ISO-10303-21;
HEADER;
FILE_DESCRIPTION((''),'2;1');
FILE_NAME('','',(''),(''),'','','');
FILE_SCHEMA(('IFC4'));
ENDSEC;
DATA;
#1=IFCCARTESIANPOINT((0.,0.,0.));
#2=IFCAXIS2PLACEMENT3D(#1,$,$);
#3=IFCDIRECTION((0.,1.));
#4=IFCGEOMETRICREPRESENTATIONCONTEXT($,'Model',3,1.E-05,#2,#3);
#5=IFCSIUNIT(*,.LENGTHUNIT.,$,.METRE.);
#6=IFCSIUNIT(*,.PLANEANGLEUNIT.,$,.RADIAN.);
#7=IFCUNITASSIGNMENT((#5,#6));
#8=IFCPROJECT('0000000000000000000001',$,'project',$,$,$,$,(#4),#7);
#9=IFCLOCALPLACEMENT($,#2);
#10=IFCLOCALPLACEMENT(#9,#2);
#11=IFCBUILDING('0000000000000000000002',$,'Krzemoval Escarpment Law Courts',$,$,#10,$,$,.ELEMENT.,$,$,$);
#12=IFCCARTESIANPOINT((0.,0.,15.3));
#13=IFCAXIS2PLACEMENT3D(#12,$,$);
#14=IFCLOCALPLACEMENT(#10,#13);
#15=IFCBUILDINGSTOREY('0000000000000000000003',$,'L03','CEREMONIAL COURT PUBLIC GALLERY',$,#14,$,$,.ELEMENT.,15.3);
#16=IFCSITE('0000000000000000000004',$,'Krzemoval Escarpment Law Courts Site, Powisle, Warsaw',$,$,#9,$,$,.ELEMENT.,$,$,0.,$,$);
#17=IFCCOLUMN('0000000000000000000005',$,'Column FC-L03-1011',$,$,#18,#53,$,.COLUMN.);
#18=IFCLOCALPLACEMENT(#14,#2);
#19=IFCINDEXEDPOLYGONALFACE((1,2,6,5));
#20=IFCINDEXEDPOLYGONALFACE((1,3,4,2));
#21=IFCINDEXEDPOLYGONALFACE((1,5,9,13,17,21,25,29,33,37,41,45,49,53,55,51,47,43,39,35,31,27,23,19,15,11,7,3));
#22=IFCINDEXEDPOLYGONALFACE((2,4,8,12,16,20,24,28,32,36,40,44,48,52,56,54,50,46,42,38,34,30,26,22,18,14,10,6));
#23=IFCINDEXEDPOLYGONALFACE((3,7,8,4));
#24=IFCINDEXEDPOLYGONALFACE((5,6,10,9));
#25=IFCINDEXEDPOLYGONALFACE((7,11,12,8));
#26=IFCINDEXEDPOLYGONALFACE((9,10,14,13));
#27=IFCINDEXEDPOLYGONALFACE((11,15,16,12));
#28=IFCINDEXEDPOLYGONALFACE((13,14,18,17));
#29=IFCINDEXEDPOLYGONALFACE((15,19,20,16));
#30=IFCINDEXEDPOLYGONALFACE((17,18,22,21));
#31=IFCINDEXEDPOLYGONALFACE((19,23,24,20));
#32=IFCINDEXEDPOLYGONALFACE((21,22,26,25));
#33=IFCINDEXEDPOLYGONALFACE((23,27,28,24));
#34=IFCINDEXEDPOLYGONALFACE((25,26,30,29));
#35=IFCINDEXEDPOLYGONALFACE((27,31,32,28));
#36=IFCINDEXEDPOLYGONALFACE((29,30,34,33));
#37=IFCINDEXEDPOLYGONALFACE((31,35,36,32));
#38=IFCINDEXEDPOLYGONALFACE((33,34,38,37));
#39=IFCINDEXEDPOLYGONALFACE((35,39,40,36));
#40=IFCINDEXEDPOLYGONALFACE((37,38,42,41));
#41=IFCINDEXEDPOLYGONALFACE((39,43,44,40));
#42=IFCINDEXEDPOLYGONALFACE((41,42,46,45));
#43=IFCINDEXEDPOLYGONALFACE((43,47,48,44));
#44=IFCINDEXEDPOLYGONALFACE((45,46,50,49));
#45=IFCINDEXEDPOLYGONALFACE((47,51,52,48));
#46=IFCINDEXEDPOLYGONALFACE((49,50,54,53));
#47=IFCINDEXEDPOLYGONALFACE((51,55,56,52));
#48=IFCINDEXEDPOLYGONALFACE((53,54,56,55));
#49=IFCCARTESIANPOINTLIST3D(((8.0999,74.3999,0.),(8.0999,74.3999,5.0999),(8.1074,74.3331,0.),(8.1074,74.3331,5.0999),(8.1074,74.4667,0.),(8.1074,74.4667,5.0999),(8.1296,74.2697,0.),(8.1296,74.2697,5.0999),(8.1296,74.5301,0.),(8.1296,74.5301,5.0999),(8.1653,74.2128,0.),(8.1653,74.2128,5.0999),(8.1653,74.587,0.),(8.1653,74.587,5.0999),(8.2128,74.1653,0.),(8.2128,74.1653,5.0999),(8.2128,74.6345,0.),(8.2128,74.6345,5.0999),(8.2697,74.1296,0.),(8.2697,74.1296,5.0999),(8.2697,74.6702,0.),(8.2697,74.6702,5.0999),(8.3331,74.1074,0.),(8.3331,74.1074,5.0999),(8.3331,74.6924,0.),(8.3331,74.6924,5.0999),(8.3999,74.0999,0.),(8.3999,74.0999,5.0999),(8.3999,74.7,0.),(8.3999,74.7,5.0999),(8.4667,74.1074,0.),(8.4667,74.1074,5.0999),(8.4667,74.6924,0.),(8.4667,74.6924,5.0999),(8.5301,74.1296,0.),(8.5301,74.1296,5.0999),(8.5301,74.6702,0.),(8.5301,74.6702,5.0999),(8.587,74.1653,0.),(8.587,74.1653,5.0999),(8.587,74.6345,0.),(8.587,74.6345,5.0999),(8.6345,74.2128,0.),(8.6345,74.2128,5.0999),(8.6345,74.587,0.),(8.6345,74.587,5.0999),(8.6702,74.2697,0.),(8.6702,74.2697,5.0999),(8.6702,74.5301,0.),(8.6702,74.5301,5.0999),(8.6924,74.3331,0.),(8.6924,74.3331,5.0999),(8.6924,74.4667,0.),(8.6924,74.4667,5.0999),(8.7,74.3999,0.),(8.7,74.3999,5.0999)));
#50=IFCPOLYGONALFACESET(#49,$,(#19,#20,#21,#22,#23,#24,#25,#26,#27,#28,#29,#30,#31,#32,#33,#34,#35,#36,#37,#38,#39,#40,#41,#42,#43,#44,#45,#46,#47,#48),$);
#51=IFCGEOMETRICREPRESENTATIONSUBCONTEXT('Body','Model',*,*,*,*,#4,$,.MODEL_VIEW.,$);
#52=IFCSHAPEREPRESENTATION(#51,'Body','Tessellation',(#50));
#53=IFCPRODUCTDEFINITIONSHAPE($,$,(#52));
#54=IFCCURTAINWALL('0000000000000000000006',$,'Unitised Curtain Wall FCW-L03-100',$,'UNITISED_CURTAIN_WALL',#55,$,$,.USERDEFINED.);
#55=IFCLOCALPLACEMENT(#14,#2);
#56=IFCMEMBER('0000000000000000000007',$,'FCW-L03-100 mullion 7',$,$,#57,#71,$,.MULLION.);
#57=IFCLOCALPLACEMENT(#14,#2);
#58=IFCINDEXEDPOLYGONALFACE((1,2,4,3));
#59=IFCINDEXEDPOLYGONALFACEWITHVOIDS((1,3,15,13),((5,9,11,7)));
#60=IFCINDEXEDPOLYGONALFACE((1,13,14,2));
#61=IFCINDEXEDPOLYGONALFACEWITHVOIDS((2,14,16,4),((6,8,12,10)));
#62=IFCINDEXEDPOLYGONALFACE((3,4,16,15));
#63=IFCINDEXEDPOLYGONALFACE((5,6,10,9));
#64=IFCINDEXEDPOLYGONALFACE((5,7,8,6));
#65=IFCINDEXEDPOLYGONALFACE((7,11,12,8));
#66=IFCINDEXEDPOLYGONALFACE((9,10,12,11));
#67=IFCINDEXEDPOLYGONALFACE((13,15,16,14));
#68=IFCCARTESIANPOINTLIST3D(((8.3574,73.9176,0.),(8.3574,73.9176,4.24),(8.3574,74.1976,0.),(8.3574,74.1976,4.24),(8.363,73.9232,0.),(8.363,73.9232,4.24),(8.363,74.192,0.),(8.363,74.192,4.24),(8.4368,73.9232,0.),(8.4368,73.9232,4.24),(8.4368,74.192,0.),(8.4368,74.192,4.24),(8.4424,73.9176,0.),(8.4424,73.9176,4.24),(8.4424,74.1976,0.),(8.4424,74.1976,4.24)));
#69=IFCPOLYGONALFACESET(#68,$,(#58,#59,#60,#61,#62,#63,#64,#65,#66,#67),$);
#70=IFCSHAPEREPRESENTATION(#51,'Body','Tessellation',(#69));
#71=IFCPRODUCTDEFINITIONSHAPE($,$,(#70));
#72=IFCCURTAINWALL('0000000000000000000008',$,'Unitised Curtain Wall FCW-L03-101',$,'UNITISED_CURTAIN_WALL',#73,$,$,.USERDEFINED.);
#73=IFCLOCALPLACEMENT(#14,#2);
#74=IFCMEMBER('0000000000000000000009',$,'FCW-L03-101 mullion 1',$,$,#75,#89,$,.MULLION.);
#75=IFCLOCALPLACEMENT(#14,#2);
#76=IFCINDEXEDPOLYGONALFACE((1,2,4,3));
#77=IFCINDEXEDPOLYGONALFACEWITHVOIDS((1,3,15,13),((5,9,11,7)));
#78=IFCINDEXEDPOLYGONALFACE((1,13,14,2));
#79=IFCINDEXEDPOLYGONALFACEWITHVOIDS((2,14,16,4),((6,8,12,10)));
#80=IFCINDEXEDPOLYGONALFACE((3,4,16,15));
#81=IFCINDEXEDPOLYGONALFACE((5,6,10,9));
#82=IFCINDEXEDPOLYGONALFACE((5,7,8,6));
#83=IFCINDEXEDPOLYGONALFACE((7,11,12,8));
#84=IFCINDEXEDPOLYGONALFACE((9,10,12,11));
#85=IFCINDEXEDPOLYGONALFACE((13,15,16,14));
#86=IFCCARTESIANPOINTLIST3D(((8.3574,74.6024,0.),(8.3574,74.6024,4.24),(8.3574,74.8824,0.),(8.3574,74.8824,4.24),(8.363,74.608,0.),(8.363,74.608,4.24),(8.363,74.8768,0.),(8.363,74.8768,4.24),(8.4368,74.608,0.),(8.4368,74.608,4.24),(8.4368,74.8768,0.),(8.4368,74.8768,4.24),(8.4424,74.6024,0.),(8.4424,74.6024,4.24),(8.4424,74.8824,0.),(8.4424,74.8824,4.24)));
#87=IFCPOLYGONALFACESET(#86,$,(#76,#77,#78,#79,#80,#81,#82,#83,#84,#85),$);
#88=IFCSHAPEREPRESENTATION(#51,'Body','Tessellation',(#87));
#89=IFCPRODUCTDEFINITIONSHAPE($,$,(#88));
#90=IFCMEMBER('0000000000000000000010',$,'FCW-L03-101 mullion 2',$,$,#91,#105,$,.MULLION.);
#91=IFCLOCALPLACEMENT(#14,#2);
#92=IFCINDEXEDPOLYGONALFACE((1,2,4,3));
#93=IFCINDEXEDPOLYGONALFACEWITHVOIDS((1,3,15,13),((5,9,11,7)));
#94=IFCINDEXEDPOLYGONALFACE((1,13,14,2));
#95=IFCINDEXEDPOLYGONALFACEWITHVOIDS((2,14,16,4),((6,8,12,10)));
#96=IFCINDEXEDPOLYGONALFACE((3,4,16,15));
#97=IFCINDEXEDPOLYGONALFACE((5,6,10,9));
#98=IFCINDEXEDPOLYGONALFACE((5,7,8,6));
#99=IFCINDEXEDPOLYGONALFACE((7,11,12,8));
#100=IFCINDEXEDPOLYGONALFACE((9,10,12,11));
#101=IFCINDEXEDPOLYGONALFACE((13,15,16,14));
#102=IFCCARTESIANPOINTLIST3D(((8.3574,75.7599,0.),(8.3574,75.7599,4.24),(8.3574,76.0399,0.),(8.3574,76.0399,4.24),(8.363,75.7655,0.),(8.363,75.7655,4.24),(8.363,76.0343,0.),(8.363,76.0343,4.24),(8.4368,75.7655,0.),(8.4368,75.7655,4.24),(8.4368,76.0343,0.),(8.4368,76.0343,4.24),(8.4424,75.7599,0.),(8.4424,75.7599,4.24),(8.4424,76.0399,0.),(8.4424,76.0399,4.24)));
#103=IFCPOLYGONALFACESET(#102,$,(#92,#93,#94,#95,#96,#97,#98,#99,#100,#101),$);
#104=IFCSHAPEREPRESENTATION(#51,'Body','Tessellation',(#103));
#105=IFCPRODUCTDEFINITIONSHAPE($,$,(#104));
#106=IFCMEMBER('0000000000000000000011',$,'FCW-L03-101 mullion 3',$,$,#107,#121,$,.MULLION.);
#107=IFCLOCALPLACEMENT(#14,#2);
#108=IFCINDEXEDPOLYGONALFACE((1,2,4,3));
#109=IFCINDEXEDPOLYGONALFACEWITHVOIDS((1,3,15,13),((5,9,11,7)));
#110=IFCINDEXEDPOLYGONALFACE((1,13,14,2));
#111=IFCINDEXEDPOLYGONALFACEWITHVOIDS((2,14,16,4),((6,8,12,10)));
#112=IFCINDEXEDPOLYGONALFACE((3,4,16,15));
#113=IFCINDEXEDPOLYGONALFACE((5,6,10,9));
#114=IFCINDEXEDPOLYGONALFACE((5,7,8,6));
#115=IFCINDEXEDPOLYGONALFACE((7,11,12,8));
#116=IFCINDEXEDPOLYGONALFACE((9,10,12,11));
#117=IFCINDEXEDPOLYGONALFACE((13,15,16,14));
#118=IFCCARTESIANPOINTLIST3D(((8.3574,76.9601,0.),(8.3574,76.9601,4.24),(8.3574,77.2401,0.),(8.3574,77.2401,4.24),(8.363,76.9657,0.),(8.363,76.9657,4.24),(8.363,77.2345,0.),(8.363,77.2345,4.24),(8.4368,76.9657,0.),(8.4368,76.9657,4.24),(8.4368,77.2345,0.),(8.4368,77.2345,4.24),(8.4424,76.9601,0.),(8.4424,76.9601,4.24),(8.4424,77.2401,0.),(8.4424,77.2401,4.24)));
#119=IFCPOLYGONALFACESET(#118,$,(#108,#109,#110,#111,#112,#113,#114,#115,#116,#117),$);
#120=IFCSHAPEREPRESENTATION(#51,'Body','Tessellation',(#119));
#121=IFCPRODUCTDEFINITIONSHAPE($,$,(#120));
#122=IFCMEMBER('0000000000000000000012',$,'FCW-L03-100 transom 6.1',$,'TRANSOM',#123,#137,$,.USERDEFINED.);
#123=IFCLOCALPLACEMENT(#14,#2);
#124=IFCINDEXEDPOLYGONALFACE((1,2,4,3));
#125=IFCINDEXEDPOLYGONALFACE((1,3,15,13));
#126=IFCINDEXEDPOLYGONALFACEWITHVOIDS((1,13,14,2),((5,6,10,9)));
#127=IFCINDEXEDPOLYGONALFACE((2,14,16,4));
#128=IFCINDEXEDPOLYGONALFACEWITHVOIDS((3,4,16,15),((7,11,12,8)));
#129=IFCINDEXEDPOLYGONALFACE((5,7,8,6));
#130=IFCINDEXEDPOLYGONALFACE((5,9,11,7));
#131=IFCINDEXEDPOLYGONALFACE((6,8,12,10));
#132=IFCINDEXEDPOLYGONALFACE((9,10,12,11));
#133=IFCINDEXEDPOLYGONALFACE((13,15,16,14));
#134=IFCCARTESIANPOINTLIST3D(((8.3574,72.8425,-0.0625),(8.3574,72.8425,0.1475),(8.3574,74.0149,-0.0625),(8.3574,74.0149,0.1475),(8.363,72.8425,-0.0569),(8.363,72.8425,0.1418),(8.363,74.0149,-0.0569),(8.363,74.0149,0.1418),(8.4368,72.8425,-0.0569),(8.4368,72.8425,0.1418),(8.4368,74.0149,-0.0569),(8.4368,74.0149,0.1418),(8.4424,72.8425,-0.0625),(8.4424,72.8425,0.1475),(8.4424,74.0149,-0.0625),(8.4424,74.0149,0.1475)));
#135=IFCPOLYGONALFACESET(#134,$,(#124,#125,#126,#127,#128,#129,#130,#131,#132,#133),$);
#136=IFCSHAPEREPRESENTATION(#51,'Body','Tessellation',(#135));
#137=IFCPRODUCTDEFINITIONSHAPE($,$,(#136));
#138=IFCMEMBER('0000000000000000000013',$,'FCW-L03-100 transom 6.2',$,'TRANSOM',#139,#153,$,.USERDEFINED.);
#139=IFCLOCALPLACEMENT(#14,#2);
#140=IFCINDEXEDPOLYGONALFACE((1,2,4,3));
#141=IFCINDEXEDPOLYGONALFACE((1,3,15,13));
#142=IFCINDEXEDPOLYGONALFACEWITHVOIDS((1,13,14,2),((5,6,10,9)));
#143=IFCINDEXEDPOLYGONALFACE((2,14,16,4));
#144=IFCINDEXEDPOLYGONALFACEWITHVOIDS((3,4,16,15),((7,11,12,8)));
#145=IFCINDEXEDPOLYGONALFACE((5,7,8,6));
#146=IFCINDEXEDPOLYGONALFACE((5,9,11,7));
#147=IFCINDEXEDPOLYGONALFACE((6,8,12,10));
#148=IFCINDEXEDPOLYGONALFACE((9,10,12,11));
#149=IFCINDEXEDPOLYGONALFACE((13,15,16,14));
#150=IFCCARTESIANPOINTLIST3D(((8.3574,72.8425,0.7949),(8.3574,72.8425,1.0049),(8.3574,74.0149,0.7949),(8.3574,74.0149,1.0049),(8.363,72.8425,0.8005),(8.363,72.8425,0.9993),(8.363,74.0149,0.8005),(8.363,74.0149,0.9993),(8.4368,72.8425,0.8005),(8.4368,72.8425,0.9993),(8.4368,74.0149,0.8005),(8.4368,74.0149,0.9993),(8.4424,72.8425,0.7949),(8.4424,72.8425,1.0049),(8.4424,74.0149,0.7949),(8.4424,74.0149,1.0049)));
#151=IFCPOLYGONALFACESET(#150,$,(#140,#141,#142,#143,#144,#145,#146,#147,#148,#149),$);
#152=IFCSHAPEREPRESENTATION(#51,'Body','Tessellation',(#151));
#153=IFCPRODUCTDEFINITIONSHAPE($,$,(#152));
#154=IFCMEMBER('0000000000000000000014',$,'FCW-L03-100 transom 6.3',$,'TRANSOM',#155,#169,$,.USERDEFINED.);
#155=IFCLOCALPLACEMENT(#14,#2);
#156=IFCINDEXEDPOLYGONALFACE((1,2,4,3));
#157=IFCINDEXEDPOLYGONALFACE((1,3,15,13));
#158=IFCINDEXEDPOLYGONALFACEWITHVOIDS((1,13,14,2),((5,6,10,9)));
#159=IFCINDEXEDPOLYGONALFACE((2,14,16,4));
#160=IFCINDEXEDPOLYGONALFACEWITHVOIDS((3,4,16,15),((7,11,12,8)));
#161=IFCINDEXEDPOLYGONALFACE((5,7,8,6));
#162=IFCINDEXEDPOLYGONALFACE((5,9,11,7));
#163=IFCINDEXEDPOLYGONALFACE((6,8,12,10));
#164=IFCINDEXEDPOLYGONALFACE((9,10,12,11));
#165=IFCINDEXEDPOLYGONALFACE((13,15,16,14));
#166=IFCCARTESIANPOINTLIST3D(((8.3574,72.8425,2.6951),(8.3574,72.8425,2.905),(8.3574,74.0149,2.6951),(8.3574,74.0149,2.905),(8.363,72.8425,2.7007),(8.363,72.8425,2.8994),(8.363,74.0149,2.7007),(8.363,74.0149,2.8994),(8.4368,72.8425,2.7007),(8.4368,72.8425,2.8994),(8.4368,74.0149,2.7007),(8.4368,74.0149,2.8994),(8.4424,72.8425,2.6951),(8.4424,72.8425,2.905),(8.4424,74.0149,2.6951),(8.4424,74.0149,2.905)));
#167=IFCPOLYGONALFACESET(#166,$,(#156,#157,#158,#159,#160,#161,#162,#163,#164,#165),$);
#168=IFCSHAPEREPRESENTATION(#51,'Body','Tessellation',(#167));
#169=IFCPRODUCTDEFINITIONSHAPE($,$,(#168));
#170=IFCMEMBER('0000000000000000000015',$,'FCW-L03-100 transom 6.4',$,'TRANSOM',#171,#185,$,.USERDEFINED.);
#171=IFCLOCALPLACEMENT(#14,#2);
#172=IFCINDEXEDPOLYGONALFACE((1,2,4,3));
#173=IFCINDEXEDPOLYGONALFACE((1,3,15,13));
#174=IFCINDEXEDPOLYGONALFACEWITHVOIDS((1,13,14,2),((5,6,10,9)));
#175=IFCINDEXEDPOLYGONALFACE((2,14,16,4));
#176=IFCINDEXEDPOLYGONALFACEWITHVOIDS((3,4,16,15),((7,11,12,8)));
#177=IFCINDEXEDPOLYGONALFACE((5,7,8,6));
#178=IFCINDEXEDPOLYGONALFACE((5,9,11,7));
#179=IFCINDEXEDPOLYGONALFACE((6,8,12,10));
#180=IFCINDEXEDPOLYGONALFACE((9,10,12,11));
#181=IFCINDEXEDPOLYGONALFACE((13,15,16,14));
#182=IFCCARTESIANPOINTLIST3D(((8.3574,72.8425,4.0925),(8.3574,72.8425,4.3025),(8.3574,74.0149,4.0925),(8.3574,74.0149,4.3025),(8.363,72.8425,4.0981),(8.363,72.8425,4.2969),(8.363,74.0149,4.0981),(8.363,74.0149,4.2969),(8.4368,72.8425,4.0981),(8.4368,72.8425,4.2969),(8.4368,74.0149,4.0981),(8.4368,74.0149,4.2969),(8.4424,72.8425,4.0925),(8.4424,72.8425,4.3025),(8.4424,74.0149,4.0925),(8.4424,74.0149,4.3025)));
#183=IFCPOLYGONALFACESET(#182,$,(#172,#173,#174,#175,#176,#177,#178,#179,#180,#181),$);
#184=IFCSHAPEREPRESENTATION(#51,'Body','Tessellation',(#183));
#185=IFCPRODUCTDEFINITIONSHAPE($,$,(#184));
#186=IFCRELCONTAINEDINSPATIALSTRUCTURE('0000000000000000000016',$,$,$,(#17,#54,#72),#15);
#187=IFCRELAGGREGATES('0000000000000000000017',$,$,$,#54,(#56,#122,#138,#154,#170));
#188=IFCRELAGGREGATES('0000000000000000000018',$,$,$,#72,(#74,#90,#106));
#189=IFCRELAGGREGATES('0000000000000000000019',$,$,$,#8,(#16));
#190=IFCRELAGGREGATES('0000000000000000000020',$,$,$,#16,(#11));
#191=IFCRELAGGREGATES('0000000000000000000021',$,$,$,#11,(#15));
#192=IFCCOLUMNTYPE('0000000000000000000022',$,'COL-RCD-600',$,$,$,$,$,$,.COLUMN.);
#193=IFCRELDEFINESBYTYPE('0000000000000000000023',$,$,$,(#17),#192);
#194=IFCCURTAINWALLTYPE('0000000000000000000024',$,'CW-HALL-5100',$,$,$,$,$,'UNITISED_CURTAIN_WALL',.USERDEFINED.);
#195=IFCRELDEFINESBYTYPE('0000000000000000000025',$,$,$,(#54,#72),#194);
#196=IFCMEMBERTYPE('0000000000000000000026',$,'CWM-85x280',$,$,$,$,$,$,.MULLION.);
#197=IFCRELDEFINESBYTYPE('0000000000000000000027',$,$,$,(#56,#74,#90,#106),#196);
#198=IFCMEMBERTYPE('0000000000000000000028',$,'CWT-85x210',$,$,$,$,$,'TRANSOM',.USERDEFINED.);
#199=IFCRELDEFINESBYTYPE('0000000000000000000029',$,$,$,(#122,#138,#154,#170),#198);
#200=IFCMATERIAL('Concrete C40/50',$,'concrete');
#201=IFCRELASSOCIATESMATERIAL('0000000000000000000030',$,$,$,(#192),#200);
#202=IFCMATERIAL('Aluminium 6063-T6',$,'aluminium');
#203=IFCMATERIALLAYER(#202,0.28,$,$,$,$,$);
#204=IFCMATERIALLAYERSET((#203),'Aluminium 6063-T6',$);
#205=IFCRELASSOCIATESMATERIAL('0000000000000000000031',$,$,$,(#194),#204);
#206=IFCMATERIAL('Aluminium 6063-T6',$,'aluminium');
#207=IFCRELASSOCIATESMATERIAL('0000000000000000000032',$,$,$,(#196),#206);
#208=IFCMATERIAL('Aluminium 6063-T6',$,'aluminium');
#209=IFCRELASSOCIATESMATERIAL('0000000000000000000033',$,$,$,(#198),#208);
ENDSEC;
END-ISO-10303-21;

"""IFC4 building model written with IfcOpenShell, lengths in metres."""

from ifc_helpers import new_model, si_unit, direction, frame, origin, origin_2d, place, context, subcontext, project, spatial, hollow_rectangle, circle, extrude, material, layer, layer_set, material_profile, profile_set, type_object, element, aggregate, save


model = new_model("IFC4")

# Units and contexts
model_context = context("Model", 3, precision=1e-05, world=origin(), true_north=direction((0.0, 1.0)))
body_context = subcontext(model_context, "Body", "Model", "MODEL_VIEW")
ifc_project = project(units=[si_unit("LENGTHUNIT", "METRE"), si_unit("PLANEANGLEUNIT", "RADIAN")], contexts=[model_context])

# Site, building, storey
site_placement = place(None, origin())
site = spatial("IfcSite", under=ifc_project, at=site_placement, Name="Krzemoval Escarpment Law Courts Site, Powisle, Warsaw", CompositionType="ELEMENT", RefElevation=0.0)
building_placement = place(site_placement, origin())
building = spatial("IfcBuilding", under=site, at=building_placement, Name="Krzemoval Escarpment Law Courts", CompositionType="ELEMENT")
storey_placement = place(building_placement, frame((0.0, 0.0, 15.3)))
storey = spatial("IfcBuildingStorey", under=building, at=storey_placement, Name="L03", Description="CEREMONIAL COURT PUBLIC GALLERY", CompositionType="ELEMENT", Elevation=15.3)

# Column
ifc_material_1 = material(Name="Concrete C40/50", Category="concrete")
ifc_material_profile_1 = material_profile(ifc_material_1, circle(Radius=0.3, at=origin_2d()), Name="RC D600")
ifc_profile_set_1 = profile_set([ifc_material_profile_1], Name="Concrete C40/50")
column_type = type_object("IfcColumnType", Name="COL-RCD-600", PredefinedType="COLUMN", material=ifc_profile_set_1)
column_placement = place(storey_placement, frame((8.3999, 74.3999, 0.0), z_axis=(0.0, 0.0, 1.0), x_axis=(1.0, 0.0, 0.0)))
element("IfcColumn", 1, at=column_placement, inside=storey, type_object=column_type, Name="Column FC-L03-1011", PredefinedType="COLUMN", context=body_context, shape_type="SweptSolid", body=[
    extrude(circle(Radius=0.3, at=origin_2d()), origin(), (0.0, 0.0, 1.0), 5.0999),
])

# Curtain wall, member
ifc_material_2 = material(Name="Aluminium 6063-T6", Category="aluminium")
ifc_layer_1 = layer(ifc_material_2, 0.28)
ifc_layer_set_1 = layer_set([ifc_layer_1], Name="Aluminium 6063-T6")
curtain_wall_type = type_object("IfcCurtainWallType", Name="CW-HALL-5100", ElementType="UNITISED_CURTAIN_WALL", PredefinedType="USERDEFINED", material=ifc_layer_set_1)
curtain_wall_1_placement = place(storey_placement, origin())
curtain_wall_1 = element("IfcCurtainWall", 2, at=curtain_wall_1_placement, inside=storey, type_object=curtain_wall_type, Name="Unitised Curtain Wall FCW-L03-100", ObjectType="UNITISED_CURTAIN_WALL", PredefinedType="USERDEFINED")
ifc_material_3 = material(Name="Aluminium 6063-T6", Category="aluminium")
ifc_material_profile_2 = material_profile(ifc_material_3, hollow_rectangle(XDim=0.085, YDim=0.28, WallThickness=0.0056, at=origin_2d()), Name="ALU M85x280")
ifc_profile_set_2 = profile_set([ifc_material_profile_2], Name="Aluminium 6063-T6")
member_type_1 = type_object("IfcMemberType", Name="CWM-85x280", PredefinedType="MULLION", material=ifc_profile_set_2)
member_1_placement = place(storey_placement, frame((8.3999, 74.0576, 0.0), z_axis=(0.0, 0.0, 1.0), x_axis=(-1.0, 0.0, 0.0)))
member_1 = element("IfcMember", 3, at=member_1_placement, type_object=member_type_1, Name="FCW-L03-100 mullion 7", PredefinedType="MULLION", context=body_context, shape_type="SweptSolid", body=[
    extrude(hollow_rectangle(XDim=0.085, YDim=0.28, WallThickness=0.0056, at=origin_2d()), origin(), (0.0, 0.0, 1.0), 4.24),
])

# Curtain wall, members
curtain_wall_2_placement = place(storey_placement, origin())
curtain_wall_2 = element("IfcCurtainWall", 4, at=curtain_wall_2_placement, inside=storey, type_object=curtain_wall_type, Name="Unitised Curtain Wall FCW-L03-101", ObjectType="UNITISED_CURTAIN_WALL", PredefinedType="USERDEFINED")
member_2_placement = place(storey_placement, frame((8.3999, 74.7424, 0.0), z_axis=(0.0, 0.0, 1.0), x_axis=(-1.0, 0.0, 0.0)))
member_2 = element("IfcMember", 5, at=member_2_placement, type_object=member_type_1, Name="FCW-L03-101 mullion 1", PredefinedType="MULLION", context=body_context, shape_type="SweptSolid", body=[
    extrude(hollow_rectangle(XDim=0.085, YDim=0.28, WallThickness=0.0056, at=origin_2d()), origin(), (0.0, 0.0, 1.0), 4.24),
])
member_3_placement = place(storey_placement, frame((8.3999, 75.8999, 0.0), z_axis=(0.0, 0.0, 1.0), x_axis=(-1.0, 0.0, 0.0)))
member_3 = element("IfcMember", 6, at=member_3_placement, type_object=member_type_1, Name="FCW-L03-101 mullion 2", PredefinedType="MULLION", context=body_context, shape_type="SweptSolid", body=[
    extrude(hollow_rectangle(XDim=0.085, YDim=0.28, WallThickness=0.0056, at=origin_2d()), origin(), (0.0, 0.0, 1.0), 4.24),
])
member_4_placement = place(storey_placement, frame((8.3999, 77.1001, 0.0), z_axis=(0.0, 0.0, 1.0), x_axis=(-1.0, 0.0, 0.0)))
member_4 = element("IfcMember", 7, at=member_4_placement, type_object=member_type_1, Name="FCW-L03-101 mullion 3", PredefinedType="MULLION", context=body_context, shape_type="SweptSolid", body=[
    extrude(hollow_rectangle(XDim=0.085, YDim=0.28, WallThickness=0.0056, at=origin_2d()), origin(), (0.0, 0.0, 1.0), 4.24),
])

# Members
ifc_material_4 = material(Name="Aluminium 6063-T6", Category="aluminium")
ifc_material_profile_3 = material_profile(ifc_material_4, hollow_rectangle(XDim=0.085, YDim=0.21, WallThickness=0.0056, at=origin_2d()), Name="ALU T85x210")
ifc_profile_set_3 = profile_set([ifc_material_profile_3], Name="Aluminium 6063-T6")
member_type_2 = type_object("IfcMemberType", Name="CWT-85x210", ElementType="TRANSOM", PredefinedType="USERDEFINED", material=ifc_profile_set_3)
member_5_placement = place(storey_placement, frame((8.3999, 72.8425, 0.0425), z_axis=(0.0, 1.0, 0.0), x_axis=(-1.0, 0.0, 0.0)))
member_5 = element("IfcMember", 8, at=member_5_placement, type_object=member_type_2, Name="FCW-L03-100 transom 6.1", ObjectType="TRANSOM", PredefinedType="USERDEFINED", context=body_context, shape_type="SweptSolid", body=[
    extrude(hollow_rectangle(XDim=0.085, YDim=0.21, WallThickness=0.0056, at=origin_2d()), origin(), (0.0, 0.0, 1.0), 1.1724),
])
member_6_placement = place(storey_placement, frame((8.3999, 72.8425, 0.8999), z_axis=(0.0, 1.0, 0.0), x_axis=(-1.0, 0.0, 0.0)))
member_6 = element("IfcMember", 9, at=member_6_placement, type_object=member_type_2, Name="FCW-L03-100 transom 6.2", ObjectType="TRANSOM", PredefinedType="USERDEFINED", context=body_context, shape_type="SweptSolid", body=[
    extrude(hollow_rectangle(XDim=0.085, YDim=0.21, WallThickness=0.0056, at=origin_2d()), origin(), (0.0, 0.0, 1.0), 1.1724),
])
member_7_placement = place(storey_placement, frame((8.3999, 72.8425, 2.8), z_axis=(0.0, 1.0, 0.0), x_axis=(-1.0, 0.0, 0.0)))
member_7 = element("IfcMember", 10, at=member_7_placement, type_object=member_type_2, Name="FCW-L03-100 transom 6.3", ObjectType="TRANSOM", PredefinedType="USERDEFINED", context=body_context, shape_type="SweptSolid", body=[
    extrude(hollow_rectangle(XDim=0.085, YDim=0.21, WallThickness=0.0056, at=origin_2d()), origin(), (0.0, 0.0, 1.0), 1.1724),
])
member_8_placement = place(storey_placement, frame((8.3999, 72.8425, 4.1975), z_axis=(0.0, 1.0, 0.0), x_axis=(-1.0, 0.0, 0.0)))
member_8 = element("IfcMember", 11, at=member_8_placement, type_object=member_type_2, Name="FCW-L03-100 transom 6.4", ObjectType="TRANSOM", PredefinedType="USERDEFINED", context=body_context, shape_type="SweptSolid", body=[
    extrude(hollow_rectangle(XDim=0.085, YDim=0.21, WallThickness=0.0056, at=origin_2d()), origin(), (0.0, 0.0, 1.0), 1.1724),
])

aggregate(curtain_wall_1, [member_1, member_5, member_6, member_7, member_8])
aggregate(curtain_wall_2, [member_2, member_3, member_4])

save(model, "model.ifc")
